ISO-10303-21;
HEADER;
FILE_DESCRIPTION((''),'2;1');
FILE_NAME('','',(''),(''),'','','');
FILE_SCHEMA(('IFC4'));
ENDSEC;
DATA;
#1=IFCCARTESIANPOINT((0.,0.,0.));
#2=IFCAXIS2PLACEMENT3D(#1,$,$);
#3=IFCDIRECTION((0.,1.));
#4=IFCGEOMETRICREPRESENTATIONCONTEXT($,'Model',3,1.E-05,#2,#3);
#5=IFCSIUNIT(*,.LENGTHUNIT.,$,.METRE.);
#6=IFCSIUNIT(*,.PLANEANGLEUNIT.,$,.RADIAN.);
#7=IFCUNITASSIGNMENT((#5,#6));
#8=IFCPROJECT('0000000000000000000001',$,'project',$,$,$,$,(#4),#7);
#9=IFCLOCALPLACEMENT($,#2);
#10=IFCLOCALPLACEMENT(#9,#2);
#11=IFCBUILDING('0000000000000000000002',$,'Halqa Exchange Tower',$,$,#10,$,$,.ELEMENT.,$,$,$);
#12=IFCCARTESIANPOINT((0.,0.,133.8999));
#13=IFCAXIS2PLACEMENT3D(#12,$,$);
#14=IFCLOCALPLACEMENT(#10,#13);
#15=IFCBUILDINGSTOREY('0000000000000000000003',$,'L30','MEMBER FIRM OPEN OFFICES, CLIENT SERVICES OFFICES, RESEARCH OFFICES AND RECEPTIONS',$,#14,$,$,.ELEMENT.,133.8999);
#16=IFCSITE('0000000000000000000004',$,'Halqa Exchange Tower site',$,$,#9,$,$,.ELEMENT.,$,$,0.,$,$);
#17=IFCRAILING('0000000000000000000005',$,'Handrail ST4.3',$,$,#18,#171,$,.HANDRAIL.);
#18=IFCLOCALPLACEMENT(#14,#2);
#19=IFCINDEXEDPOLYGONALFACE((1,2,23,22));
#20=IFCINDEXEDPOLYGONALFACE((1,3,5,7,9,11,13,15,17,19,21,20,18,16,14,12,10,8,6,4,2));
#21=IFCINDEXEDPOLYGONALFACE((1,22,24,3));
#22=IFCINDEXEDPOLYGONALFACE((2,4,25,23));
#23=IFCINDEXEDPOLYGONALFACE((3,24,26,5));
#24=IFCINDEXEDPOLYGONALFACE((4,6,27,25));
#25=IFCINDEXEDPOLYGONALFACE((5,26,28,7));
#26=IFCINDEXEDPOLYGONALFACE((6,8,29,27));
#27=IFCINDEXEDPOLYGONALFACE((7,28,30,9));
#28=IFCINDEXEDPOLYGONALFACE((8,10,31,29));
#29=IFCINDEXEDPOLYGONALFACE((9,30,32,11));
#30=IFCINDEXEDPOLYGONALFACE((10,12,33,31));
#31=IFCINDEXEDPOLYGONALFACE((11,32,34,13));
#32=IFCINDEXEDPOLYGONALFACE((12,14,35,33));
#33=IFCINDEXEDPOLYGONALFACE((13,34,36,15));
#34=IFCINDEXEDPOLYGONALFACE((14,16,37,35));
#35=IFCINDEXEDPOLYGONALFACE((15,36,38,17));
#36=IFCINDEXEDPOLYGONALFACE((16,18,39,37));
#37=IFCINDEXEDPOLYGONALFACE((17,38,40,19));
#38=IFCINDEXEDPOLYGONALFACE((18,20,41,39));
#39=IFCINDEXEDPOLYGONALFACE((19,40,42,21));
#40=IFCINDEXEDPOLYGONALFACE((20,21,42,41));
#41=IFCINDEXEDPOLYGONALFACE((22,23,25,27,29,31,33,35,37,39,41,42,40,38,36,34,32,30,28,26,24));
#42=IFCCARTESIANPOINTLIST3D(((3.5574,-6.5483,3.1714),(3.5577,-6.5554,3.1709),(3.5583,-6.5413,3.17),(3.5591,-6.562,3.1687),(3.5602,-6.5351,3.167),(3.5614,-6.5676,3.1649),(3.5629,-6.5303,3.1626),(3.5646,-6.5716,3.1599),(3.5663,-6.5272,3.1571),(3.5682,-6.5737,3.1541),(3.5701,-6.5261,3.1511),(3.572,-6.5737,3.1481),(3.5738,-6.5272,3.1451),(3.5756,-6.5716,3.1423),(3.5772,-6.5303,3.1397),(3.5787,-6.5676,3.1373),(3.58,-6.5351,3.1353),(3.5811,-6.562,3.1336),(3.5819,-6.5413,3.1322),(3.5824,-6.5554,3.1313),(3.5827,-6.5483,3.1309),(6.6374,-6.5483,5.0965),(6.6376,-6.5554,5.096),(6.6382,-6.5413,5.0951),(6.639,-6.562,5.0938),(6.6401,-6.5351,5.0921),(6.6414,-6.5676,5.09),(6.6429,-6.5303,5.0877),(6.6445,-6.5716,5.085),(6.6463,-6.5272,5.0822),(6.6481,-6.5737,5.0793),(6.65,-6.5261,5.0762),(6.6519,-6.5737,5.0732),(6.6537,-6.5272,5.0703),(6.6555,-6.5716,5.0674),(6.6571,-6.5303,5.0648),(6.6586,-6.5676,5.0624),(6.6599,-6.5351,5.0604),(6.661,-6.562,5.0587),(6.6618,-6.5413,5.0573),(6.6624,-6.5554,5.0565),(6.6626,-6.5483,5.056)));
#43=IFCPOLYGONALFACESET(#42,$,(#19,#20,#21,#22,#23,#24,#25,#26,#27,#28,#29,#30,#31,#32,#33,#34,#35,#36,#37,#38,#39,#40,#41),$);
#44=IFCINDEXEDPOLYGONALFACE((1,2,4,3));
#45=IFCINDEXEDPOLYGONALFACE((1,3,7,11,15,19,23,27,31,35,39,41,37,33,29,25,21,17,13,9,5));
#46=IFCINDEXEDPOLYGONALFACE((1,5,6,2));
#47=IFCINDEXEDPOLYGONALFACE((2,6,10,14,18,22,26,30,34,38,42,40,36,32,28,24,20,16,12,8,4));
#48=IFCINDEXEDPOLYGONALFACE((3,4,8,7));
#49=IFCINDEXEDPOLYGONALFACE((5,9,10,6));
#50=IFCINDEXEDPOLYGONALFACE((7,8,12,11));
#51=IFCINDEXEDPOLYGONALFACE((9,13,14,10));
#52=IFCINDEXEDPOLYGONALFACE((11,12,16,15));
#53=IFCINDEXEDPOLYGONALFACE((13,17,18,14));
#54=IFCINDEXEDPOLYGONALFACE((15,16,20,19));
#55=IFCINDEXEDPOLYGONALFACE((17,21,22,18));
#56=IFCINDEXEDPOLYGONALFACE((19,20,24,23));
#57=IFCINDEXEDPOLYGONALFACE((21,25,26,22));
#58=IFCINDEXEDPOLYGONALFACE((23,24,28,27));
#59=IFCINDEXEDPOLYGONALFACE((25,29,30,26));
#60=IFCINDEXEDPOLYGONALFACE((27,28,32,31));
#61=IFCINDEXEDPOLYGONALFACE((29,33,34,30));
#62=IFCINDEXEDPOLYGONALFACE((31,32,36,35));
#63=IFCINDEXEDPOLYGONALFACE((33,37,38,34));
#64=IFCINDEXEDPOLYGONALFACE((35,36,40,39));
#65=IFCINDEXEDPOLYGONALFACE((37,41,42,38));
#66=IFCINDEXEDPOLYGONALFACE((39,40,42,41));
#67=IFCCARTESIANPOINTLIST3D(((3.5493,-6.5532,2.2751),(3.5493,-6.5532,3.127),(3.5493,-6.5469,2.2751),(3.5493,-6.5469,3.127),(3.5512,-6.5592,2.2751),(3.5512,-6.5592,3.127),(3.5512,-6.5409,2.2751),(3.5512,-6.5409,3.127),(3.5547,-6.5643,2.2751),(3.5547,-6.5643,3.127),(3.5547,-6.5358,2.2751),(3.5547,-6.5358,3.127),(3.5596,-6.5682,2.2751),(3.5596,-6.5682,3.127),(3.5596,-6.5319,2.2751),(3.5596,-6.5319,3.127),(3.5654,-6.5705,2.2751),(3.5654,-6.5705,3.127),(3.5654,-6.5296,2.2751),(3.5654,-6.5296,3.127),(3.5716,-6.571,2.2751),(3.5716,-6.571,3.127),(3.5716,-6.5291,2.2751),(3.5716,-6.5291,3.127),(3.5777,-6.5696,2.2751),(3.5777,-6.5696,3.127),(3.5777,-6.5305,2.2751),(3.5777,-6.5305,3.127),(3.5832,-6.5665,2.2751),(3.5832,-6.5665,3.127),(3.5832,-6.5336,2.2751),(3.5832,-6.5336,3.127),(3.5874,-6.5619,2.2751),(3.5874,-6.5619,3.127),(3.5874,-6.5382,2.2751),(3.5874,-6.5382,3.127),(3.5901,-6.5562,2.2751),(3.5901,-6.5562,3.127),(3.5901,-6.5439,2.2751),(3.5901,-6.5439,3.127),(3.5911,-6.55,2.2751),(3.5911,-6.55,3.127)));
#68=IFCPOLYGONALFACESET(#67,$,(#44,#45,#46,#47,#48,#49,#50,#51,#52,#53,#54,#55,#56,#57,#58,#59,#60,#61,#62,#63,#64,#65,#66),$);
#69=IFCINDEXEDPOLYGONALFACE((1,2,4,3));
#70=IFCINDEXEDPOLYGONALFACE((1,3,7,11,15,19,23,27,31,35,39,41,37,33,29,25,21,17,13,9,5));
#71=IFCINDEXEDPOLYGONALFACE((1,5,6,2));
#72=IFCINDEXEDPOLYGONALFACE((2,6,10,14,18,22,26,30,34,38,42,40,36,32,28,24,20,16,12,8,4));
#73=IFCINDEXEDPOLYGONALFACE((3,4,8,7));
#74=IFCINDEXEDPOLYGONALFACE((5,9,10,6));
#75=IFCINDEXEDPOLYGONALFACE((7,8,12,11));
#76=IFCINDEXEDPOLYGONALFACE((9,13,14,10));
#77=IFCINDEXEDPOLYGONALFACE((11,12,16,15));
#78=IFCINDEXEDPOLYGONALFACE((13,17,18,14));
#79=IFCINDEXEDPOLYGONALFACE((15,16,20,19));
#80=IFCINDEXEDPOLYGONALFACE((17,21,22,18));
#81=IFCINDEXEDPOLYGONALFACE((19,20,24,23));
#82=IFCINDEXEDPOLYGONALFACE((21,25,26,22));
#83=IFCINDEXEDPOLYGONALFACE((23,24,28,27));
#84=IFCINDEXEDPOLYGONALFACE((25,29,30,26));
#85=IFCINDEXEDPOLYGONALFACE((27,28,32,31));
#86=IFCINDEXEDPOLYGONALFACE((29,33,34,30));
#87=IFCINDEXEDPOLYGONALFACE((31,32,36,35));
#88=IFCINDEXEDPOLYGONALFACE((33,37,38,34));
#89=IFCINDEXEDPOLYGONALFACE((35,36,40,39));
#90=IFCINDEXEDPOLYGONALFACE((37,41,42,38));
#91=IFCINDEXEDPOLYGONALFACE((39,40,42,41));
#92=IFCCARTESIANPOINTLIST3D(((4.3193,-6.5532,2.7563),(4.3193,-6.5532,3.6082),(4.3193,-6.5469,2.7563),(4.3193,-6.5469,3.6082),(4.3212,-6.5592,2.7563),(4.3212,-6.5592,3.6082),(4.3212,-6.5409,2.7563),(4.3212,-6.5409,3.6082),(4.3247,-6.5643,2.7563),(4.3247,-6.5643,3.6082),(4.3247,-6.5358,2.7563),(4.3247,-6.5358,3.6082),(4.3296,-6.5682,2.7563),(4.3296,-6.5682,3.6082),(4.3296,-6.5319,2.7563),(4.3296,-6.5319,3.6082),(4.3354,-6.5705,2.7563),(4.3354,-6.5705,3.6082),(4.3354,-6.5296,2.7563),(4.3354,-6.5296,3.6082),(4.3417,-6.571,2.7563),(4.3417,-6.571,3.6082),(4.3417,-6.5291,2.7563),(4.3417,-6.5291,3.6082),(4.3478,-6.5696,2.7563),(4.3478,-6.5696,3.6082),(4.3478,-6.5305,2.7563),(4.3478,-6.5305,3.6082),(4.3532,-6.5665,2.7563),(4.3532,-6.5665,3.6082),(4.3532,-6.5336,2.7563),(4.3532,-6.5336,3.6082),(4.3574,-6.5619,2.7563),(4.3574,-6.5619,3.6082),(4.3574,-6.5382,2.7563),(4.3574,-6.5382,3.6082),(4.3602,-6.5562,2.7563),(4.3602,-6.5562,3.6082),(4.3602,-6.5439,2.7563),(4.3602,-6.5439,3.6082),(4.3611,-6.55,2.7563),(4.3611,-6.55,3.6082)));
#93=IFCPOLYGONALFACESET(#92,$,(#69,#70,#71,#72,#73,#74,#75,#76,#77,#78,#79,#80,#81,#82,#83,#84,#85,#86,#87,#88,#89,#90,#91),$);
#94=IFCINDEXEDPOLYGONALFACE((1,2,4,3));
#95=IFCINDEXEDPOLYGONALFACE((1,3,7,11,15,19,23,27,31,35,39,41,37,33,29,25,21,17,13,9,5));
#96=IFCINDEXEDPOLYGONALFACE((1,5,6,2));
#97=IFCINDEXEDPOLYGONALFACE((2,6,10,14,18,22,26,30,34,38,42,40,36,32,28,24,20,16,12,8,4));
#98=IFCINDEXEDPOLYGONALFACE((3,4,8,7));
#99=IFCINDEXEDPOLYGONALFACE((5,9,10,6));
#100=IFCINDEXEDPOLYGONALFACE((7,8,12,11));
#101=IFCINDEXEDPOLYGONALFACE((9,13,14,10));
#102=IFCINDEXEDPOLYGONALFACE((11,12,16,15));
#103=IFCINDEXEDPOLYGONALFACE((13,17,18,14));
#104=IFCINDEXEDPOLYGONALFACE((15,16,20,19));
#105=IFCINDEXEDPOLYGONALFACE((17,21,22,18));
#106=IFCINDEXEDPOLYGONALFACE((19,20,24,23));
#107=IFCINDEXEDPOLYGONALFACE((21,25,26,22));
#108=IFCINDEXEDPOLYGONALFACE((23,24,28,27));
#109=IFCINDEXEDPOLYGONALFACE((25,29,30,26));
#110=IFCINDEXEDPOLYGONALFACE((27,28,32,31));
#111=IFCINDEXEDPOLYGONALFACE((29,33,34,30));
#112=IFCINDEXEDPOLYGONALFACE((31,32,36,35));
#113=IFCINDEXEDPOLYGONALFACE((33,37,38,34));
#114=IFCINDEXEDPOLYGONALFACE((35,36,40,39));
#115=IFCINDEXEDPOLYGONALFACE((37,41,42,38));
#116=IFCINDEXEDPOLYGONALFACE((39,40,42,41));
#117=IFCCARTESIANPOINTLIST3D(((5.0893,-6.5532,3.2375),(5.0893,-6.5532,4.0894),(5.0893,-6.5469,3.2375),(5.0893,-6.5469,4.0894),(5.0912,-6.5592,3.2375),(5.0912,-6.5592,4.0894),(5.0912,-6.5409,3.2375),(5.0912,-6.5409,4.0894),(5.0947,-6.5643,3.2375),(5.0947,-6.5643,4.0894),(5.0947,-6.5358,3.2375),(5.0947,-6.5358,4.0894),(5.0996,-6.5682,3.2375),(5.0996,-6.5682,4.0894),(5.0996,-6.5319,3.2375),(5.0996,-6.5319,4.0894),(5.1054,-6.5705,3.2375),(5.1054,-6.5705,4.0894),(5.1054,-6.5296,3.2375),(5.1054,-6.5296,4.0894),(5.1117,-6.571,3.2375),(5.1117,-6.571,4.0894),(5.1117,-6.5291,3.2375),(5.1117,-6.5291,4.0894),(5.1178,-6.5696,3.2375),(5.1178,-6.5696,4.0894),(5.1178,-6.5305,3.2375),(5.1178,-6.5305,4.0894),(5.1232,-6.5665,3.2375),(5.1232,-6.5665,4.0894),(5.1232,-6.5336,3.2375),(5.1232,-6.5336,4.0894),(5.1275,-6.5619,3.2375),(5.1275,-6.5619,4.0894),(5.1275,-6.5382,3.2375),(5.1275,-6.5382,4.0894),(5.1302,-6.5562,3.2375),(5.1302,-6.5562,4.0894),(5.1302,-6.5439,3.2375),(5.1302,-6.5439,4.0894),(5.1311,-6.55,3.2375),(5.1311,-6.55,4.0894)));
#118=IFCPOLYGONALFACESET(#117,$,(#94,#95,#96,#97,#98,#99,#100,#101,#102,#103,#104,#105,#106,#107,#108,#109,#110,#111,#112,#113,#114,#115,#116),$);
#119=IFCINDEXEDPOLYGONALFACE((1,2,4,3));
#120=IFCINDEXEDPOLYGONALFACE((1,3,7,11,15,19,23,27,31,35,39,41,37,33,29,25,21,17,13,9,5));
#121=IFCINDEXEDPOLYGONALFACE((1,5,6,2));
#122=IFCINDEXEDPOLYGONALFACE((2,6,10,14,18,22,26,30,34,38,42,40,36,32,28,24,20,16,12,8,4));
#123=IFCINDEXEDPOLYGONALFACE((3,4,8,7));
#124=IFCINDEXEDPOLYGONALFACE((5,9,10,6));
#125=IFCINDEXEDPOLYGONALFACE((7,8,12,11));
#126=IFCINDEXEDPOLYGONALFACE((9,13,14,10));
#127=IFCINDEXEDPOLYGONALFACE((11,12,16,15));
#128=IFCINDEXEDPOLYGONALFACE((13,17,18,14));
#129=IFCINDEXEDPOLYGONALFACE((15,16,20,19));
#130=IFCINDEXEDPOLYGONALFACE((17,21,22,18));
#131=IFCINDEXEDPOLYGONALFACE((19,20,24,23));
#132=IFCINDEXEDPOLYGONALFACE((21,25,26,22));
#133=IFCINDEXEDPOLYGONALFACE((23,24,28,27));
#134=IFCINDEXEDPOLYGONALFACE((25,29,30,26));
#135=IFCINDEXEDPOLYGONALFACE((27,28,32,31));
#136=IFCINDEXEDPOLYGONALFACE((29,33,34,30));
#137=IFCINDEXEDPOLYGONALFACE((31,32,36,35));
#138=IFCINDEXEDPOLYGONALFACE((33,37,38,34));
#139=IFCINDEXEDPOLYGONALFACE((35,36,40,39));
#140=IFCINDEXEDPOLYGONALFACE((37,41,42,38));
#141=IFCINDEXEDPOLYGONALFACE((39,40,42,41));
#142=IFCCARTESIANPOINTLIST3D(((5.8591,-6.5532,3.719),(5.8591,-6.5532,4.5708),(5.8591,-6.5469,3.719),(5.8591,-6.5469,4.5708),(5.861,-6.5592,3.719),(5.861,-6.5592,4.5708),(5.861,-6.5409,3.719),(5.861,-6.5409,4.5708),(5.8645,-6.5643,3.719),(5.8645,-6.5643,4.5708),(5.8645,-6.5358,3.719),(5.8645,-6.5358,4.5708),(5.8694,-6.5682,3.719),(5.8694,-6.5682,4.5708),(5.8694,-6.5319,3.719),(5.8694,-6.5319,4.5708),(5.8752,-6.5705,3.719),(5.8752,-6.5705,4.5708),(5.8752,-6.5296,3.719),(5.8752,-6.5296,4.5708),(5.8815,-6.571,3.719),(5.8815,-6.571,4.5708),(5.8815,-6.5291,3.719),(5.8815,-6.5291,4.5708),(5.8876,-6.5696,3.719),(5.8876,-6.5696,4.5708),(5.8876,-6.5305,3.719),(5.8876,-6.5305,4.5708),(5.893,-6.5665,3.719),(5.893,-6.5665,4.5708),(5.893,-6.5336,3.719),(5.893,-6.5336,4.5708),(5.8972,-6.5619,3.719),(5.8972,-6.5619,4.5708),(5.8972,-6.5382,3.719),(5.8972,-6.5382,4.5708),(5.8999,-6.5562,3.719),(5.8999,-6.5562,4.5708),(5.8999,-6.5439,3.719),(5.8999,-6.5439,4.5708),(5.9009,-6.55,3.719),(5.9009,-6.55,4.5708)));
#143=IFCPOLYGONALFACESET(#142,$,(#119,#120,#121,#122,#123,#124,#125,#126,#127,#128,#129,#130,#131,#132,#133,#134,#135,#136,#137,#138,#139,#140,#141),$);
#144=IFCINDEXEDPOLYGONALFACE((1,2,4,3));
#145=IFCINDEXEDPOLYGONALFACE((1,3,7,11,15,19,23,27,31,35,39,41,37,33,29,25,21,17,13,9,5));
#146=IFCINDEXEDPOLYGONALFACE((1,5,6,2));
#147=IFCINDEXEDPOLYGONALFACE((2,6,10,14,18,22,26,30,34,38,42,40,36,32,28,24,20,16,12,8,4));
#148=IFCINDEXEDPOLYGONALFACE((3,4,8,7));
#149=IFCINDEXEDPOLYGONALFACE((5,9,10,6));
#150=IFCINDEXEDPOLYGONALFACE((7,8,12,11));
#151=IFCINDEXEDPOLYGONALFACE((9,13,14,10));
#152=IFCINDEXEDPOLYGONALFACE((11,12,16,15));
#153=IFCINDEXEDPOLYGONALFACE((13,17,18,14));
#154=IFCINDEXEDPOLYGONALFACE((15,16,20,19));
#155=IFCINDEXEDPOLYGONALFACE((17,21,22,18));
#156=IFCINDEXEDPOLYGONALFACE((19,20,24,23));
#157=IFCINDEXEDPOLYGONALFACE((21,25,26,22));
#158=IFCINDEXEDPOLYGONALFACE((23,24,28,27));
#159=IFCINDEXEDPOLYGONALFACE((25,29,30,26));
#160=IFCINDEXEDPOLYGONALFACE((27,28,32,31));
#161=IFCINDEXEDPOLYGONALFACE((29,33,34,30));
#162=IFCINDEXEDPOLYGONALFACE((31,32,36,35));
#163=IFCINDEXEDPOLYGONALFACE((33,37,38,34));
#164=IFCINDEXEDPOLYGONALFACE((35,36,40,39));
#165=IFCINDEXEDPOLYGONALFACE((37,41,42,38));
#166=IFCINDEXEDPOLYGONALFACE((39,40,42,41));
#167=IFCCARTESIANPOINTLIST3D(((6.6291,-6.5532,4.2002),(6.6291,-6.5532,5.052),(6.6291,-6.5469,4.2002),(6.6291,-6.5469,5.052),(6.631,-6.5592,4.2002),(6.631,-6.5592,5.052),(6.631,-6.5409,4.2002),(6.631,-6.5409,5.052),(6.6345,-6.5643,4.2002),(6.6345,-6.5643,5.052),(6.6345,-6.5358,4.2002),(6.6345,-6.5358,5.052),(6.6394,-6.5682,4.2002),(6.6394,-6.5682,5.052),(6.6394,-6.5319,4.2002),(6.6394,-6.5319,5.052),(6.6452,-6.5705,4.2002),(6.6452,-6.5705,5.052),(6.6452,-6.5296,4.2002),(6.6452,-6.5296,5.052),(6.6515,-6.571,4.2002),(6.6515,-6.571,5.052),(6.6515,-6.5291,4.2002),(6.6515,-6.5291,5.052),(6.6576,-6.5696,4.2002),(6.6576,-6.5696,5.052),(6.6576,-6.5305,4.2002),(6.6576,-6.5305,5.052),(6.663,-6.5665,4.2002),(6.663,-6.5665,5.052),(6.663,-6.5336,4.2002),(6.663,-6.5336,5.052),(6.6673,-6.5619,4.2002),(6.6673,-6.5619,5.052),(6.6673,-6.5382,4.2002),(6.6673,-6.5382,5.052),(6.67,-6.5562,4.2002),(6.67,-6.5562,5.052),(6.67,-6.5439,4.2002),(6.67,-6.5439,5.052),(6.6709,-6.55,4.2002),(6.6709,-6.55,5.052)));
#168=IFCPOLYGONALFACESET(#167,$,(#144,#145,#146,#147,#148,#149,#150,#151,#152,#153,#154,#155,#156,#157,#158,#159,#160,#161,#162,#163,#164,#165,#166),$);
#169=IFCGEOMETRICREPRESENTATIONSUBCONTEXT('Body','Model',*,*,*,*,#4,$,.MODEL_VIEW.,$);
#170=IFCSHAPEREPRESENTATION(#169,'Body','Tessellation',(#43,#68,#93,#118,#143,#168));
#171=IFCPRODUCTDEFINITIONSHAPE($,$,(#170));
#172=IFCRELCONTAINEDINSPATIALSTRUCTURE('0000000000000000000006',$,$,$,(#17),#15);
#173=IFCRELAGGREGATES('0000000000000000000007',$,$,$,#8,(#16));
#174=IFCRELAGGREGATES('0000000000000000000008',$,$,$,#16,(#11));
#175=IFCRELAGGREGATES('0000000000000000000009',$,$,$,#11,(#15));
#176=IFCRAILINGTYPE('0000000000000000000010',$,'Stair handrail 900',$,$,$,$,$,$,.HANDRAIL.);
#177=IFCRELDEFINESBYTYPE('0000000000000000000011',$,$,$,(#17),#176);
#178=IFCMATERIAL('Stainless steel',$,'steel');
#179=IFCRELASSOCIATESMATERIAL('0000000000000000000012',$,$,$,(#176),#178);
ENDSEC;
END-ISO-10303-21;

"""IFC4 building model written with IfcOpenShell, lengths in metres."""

from ifc_helpers import new_model, si_unit, direction, frame, origin, origin_2d, place, context, subcontext, project, spatial, circle, extrude, material, type_object, element, save


model = new_model("IFC4")

# Units and contexts
model_context = context("Model", 3, precision=1e-05, world=origin(), true_north=direction((0.0, 1.0)))
body_context = subcontext(model_context, "Body", "Model", "MODEL_VIEW")
ifc_project = project(units=[si_unit("LENGTHUNIT", "METRE"), si_unit("PLANEANGLEUNIT", "RADIAN")], contexts=[model_context])

# Site, building, storey
site_placement = place(None, origin())
site = spatial("IfcSite", under=ifc_project, at=site_placement, Name="Halqa Exchange Tower site", CompositionType="ELEMENT", RefElevation=0.0)
building_placement = place(site_placement, origin())
building = spatial("IfcBuilding", under=site, at=building_placement, Name="Halqa Exchange Tower", CompositionType="ELEMENT")
storey_placement = place(building_placement, frame((0.0, 0.0, 133.8999)))
storey = spatial("IfcBuildingStorey", under=building, at=storey_placement, Name="L30", Description="MEMBER FIRM OPEN OFFICES, CLIENT SERVICES OFFICES, RESEARCH OFFICES AND RECEPTIONS", CompositionType="ELEMENT", Elevation=133.8999)

# Railing
ifc_material_1 = material(Name="Stainless steel", Category="steel")
railing_type_1 = type_object("IfcRailingType", Name="Stair handrail 900", PredefinedType="HANDRAIL", material=ifc_material_1)
railing_1_placement = place(storey_placement, frame((3.5701, -6.55, 2.2751)))
element("IfcRailing", 1, at=railing_1_placement, inside=storey, type_object=railing_type_1, Name="Handrail ST4.3", PredefinedType="HANDRAIL", context=body_context, shape_type="SweptSolid", body=[
    extrude(circle(Radius=0.0239, at=origin_2d()), frame((0.0, 0.0, 0.876), z_axis=(0.847979, 0.0, 0.530029), x_axis=(0.0, 1.0, 0.0)), (0.0, 0.0, 1.0), 3.6321),
    extrude(circle(Radius=0.021, at=origin_2d()), origin(), (0.0, 0.0, 1.0), 0.8518),
    extrude(circle(Radius=0.021, at=origin_2d()), frame((0.77, 0.0, 0.4812)), (0.0, 0.0, 1.0), 0.8518),
    extrude(circle(Radius=0.021, at=origin_2d()), frame((1.54, 0.0, 0.9624)), (0.0, 0.0, 1.0), 0.8518),
    extrude(circle(Radius=0.021, at=origin_2d()), frame((2.3098, 0.0, 1.4438)), (0.0, 0.0, 1.0), 0.8518),
    extrude(circle(Radius=0.021, at=origin_2d()), frame((3.0798, 0.0, 1.925)), (0.0, 0.0, 1.0), 0.8518),
])

save(model, "model.ifc")
